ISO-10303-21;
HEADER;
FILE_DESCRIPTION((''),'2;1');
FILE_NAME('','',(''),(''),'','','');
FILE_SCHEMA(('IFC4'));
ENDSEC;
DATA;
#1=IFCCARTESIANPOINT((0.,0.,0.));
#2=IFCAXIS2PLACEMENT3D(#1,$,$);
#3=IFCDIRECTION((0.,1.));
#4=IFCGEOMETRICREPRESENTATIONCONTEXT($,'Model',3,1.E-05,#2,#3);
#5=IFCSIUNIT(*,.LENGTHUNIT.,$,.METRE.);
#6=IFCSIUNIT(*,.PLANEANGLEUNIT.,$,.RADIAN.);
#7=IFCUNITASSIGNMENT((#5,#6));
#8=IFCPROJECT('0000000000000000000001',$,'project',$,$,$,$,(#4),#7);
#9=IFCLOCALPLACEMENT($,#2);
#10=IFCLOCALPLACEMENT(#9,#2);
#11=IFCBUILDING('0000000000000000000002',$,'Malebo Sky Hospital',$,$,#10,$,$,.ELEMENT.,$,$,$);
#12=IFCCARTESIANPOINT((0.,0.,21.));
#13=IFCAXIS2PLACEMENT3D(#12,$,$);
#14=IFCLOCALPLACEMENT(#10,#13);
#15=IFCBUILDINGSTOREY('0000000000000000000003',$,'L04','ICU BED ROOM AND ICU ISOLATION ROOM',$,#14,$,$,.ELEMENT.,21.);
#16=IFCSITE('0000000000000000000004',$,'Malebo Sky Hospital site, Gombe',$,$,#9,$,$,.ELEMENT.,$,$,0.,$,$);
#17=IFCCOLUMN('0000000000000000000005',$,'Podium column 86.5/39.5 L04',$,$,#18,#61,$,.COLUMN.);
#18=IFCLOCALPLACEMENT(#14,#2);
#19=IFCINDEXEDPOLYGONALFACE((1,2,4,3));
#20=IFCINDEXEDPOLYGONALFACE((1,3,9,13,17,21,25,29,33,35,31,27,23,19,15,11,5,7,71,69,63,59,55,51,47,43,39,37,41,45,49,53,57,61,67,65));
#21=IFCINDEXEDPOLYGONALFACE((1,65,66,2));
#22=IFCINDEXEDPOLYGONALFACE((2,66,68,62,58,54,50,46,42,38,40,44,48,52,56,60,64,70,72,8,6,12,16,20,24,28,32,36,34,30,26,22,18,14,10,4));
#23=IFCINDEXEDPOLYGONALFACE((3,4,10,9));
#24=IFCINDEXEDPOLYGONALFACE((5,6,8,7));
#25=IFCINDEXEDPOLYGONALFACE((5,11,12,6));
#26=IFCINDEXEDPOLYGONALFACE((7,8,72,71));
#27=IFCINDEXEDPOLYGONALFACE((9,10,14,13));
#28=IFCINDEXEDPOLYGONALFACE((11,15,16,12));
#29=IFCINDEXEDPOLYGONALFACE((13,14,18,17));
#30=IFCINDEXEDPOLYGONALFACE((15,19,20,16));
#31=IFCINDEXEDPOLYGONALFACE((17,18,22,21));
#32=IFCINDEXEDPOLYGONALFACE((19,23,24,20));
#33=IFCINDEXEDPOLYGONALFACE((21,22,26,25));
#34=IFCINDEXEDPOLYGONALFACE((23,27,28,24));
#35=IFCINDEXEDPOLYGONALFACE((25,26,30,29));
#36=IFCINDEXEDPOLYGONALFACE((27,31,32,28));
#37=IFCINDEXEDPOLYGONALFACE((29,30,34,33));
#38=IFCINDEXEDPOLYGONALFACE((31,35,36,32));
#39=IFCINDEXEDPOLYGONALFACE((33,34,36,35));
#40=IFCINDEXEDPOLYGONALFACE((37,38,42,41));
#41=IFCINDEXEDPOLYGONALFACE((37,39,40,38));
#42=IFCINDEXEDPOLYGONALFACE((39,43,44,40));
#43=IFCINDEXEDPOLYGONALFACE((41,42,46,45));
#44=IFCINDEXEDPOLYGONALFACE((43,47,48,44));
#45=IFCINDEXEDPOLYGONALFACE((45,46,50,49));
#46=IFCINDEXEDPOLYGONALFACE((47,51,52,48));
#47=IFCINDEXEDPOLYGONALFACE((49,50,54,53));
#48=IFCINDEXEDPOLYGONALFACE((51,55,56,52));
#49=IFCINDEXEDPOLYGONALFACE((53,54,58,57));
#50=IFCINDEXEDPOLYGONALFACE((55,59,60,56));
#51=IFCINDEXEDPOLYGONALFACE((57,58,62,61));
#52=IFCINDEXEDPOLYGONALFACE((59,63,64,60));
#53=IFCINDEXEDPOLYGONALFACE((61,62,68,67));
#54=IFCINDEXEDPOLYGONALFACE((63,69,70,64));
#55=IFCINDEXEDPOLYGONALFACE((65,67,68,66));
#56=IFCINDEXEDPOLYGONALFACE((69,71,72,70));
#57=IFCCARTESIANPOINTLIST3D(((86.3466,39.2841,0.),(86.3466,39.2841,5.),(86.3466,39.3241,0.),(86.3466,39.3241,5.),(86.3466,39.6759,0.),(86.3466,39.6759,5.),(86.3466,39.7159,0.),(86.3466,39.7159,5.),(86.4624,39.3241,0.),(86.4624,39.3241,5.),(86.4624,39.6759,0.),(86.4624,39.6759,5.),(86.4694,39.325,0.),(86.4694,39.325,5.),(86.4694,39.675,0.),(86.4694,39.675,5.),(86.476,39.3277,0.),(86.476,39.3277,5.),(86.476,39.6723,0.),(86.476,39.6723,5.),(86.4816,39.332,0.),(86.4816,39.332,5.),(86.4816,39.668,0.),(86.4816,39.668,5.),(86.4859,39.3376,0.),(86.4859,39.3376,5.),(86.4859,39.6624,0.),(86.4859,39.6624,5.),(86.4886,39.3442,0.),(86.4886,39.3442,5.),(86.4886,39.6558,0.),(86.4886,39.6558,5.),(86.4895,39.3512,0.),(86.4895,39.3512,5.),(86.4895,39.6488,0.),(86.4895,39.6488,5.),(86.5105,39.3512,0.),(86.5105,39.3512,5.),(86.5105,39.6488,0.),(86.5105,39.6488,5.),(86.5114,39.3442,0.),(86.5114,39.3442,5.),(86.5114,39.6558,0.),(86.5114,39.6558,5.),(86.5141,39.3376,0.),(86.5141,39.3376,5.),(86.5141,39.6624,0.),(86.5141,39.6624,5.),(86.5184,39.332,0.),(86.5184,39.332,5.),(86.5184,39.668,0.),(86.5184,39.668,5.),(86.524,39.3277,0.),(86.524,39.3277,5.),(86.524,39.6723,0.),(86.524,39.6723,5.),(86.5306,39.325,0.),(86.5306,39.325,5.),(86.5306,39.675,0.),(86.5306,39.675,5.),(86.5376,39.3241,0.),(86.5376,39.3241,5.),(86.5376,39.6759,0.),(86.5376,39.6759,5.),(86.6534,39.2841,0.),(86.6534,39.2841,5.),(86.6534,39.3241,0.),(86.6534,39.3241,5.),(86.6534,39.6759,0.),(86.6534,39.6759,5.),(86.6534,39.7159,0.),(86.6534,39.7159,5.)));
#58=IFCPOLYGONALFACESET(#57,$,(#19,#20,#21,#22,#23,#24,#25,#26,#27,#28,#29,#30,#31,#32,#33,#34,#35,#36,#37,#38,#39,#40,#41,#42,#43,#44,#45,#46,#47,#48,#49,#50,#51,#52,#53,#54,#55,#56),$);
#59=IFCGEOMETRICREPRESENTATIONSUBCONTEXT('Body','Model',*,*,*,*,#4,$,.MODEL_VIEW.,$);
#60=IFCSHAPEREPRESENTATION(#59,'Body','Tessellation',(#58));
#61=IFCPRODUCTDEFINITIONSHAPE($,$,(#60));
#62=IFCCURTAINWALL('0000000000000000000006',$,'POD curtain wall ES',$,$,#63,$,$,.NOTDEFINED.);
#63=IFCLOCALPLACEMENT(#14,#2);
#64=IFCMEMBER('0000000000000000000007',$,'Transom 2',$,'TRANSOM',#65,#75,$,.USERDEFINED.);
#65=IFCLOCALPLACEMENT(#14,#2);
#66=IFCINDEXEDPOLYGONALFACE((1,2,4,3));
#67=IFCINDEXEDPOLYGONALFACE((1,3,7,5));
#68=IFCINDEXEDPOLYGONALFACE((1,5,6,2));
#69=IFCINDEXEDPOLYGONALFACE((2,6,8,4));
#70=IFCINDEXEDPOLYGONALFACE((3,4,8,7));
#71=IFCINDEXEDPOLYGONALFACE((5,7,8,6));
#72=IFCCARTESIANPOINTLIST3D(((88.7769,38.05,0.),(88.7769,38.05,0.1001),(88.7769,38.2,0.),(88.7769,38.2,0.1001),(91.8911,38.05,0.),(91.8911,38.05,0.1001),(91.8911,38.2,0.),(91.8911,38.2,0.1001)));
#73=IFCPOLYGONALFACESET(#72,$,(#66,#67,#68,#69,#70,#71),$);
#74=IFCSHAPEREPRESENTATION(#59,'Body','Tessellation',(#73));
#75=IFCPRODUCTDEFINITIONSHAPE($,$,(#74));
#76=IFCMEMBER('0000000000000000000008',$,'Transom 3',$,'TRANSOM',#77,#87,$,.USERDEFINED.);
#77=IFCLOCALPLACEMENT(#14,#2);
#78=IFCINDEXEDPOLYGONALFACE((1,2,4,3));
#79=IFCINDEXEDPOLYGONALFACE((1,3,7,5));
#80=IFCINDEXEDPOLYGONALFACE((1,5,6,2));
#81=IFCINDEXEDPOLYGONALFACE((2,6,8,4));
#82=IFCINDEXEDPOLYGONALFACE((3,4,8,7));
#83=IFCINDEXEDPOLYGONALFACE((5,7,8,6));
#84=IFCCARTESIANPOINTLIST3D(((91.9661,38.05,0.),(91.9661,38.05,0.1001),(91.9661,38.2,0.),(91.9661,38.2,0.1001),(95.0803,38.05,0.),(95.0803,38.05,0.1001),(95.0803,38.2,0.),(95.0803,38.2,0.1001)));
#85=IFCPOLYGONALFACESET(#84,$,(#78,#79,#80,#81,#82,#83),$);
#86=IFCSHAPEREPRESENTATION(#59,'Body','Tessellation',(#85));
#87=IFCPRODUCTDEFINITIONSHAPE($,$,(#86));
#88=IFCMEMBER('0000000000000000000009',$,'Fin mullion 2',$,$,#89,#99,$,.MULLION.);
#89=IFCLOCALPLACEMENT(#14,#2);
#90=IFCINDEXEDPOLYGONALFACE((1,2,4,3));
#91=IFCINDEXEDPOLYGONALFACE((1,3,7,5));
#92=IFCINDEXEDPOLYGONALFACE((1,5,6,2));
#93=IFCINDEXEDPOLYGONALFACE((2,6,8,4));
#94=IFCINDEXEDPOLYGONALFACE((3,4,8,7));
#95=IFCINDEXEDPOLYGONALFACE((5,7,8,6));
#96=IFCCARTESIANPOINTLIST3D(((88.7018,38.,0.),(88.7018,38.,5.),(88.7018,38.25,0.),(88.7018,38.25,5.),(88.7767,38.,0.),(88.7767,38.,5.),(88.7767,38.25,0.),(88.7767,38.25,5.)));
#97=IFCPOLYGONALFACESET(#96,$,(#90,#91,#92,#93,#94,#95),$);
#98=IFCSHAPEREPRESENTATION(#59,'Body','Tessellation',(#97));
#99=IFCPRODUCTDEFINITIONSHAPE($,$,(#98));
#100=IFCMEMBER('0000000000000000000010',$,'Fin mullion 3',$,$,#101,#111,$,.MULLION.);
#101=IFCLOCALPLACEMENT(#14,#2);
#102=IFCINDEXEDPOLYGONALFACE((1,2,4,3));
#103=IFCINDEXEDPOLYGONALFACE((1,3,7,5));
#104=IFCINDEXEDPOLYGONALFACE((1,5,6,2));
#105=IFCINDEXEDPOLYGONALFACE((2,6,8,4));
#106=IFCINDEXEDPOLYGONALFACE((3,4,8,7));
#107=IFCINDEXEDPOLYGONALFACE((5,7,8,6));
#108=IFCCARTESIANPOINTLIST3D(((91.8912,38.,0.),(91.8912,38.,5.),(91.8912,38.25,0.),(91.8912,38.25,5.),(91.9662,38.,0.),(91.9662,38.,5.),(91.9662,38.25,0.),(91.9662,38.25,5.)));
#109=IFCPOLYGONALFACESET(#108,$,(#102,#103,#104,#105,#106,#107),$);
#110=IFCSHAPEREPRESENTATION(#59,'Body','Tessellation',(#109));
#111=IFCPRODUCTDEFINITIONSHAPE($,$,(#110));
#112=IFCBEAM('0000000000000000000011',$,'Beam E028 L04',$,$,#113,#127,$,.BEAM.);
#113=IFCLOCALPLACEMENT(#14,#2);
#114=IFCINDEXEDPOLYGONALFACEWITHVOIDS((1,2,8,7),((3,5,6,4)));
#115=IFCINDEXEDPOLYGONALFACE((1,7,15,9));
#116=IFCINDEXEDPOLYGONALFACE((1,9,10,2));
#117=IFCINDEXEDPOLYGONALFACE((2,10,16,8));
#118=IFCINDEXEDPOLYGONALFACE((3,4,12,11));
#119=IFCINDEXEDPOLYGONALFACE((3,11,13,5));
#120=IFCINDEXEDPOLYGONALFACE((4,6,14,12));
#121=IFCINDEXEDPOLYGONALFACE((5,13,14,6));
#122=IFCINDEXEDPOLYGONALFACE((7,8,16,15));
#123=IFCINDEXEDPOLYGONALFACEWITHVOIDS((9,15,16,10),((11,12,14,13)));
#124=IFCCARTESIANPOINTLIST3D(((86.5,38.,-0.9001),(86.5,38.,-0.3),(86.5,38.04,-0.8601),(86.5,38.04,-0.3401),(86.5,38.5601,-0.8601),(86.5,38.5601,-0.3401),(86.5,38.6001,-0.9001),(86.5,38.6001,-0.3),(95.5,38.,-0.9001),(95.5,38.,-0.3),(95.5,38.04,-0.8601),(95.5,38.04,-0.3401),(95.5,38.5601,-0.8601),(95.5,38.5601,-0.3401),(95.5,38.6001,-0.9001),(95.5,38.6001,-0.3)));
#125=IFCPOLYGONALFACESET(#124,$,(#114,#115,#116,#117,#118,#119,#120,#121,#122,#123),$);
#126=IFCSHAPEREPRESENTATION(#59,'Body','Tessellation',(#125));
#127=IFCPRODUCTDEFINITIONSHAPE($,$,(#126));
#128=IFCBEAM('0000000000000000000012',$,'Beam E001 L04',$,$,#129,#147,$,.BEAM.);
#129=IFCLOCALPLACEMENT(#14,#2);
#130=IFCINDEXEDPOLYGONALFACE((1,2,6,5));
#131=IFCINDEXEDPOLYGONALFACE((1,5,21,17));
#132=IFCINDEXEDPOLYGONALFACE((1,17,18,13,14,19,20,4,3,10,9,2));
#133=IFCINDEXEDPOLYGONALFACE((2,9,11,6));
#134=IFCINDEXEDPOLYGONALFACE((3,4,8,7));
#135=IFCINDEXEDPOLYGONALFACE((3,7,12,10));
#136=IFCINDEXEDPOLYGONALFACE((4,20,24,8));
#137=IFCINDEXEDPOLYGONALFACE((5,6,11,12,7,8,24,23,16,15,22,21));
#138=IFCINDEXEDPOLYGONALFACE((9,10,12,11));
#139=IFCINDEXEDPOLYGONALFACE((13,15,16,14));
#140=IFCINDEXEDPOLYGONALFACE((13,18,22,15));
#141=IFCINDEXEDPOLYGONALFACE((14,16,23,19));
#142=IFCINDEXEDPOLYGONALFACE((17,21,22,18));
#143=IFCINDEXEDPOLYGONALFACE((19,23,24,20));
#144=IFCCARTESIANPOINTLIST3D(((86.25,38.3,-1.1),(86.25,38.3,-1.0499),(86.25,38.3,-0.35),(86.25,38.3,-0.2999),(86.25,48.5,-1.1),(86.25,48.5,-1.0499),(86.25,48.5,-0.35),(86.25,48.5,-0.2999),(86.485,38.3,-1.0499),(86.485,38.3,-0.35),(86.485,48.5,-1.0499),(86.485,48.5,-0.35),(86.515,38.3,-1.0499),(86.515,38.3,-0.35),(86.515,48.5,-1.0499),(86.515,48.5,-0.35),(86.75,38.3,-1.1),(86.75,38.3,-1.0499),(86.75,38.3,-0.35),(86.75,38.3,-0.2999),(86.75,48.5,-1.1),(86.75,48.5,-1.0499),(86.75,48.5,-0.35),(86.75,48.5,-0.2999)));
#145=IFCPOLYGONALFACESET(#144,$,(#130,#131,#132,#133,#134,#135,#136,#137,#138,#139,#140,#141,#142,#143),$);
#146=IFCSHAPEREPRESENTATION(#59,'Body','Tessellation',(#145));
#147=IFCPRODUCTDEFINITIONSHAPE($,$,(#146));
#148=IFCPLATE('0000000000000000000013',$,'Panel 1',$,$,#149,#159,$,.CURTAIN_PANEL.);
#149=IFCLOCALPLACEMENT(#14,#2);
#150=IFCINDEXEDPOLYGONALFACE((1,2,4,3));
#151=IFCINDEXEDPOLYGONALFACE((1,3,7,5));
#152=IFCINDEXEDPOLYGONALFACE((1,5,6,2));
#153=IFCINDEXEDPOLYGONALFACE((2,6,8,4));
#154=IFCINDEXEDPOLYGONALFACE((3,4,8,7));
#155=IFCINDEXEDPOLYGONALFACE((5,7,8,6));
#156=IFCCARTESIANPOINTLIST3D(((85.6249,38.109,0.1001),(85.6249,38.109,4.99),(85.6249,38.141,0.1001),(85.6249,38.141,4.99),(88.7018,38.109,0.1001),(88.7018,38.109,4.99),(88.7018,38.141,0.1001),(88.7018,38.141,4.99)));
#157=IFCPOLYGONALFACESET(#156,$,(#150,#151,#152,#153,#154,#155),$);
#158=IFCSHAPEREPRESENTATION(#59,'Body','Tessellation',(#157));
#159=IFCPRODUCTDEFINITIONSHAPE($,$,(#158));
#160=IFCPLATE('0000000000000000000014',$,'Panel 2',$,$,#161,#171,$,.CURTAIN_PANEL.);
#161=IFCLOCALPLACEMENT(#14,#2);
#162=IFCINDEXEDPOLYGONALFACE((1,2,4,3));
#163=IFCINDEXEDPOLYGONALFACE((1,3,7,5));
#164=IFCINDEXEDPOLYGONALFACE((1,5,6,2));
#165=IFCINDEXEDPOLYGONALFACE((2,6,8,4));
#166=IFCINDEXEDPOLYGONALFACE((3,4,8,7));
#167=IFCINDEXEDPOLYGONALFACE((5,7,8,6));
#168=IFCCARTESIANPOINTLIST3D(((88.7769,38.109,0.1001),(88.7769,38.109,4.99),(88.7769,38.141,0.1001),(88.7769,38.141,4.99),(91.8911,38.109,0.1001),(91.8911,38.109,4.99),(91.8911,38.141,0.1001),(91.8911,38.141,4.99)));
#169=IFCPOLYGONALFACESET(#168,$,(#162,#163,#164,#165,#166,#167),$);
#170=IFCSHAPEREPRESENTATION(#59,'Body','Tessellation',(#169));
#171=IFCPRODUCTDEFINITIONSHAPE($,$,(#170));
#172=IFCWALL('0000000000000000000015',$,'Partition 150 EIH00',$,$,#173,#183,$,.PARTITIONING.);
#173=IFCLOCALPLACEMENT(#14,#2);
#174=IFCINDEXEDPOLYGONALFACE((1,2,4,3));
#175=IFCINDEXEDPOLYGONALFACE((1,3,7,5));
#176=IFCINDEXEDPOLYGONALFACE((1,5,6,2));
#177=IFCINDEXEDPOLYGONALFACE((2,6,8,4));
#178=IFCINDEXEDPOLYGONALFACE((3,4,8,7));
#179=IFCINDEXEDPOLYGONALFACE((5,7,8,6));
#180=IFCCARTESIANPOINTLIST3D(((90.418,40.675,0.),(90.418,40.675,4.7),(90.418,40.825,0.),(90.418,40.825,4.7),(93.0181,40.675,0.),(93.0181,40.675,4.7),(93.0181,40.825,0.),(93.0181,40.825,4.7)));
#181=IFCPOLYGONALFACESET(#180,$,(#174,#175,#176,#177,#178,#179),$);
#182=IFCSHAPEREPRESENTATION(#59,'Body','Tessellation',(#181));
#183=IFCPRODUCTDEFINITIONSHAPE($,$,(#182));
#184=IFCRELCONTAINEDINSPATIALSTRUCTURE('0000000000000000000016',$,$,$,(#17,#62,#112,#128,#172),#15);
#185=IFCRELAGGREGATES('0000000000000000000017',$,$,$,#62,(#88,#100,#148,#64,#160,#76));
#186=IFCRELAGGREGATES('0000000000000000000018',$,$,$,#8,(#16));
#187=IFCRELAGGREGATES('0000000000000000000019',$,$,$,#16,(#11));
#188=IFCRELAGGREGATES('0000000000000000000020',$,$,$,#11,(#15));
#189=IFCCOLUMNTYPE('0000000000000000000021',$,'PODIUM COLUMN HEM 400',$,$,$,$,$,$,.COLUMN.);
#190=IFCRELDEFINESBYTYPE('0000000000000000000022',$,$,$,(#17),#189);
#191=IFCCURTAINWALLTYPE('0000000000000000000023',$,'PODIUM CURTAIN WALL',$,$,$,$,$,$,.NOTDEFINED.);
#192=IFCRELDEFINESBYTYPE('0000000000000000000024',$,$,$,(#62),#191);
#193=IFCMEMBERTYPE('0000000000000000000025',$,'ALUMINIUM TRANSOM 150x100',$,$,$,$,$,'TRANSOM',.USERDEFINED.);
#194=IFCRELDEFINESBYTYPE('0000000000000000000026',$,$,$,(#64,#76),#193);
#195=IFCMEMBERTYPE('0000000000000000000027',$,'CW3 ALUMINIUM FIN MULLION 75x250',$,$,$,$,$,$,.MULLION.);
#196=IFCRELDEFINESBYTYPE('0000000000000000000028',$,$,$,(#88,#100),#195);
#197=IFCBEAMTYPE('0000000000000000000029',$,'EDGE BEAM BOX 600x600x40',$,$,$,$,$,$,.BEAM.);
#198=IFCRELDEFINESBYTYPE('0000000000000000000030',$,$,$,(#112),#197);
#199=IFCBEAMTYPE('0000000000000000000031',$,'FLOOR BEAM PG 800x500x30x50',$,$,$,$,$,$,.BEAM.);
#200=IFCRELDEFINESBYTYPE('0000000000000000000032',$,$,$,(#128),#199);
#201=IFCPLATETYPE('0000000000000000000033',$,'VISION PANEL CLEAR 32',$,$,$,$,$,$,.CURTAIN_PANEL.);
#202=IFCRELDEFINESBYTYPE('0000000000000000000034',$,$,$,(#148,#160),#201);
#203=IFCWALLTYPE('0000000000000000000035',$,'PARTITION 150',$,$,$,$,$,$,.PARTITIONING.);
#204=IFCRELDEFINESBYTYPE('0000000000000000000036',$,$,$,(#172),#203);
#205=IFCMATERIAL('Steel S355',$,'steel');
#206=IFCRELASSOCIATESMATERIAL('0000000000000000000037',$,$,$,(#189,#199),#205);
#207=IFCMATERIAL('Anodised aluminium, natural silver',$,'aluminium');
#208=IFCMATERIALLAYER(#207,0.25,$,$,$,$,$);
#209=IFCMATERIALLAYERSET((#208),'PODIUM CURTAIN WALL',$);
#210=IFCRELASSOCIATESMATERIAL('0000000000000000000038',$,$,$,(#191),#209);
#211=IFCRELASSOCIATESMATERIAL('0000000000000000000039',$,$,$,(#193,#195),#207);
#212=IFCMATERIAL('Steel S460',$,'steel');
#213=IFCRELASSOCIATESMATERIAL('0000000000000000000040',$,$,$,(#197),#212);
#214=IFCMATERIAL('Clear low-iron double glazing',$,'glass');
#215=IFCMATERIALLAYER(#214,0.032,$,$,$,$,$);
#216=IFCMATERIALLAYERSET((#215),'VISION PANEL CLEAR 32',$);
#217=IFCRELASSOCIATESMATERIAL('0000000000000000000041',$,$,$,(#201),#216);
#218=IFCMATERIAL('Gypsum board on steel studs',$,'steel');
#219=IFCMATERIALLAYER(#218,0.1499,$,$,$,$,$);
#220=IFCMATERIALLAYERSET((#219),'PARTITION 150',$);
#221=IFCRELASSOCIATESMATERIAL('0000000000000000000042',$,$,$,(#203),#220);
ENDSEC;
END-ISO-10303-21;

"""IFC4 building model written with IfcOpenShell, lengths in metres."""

from ifc_helpers import new_model, si_unit, direction, frame, frame_2d, origin, origin_2d, place, context, subcontext, project, spatial, rectangle, hollow_rectangle, i_section, extrude, material, layer, layer_set, material_profile, profile_set, type_object, element, aggregate, save


model = new_model("IFC4")

# Units and contexts
model_context = context("Model", 3, precision=1e-05, world=origin(), true_north=direction((0.0, 1.0)))
body_context = subcontext(model_context, "Body", "Model", "MODEL_VIEW")
ifc_project = project(units=[si_unit("LENGTHUNIT", "METRE"), si_unit("PLANEANGLEUNIT", "RADIAN")], contexts=[model_context])

# Site, building, storey
site_placement = place(None, origin())
site = spatial("IfcSite", under=ifc_project, at=site_placement, Name="Malebo Sky Hospital site, Gombe", CompositionType="ELEMENT", RefElevation=0.0)
building_placement = place(site_placement, origin())
building = spatial("IfcBuilding", under=site, at=building_placement, Name="Malebo Sky Hospital", CompositionType="ELEMENT")
storey_placement = place(building_placement, frame((0.0, 0.0, 21.0)))
storey = spatial("IfcBuildingStorey", under=building, at=storey_placement, Name="L04", Description="ICU BED ROOM AND ICU ISOLATION ROOM", CompositionType="ELEMENT", Elevation=21.0)

# Column
ifc_material_1 = material(Name="Steel S355", Category="steel")
ifc_material_profile_1 = material_profile(ifc_material_1, i_section(OverallWidth=0.3069, OverallDepth=0.4319, WebThickness=0.021, FlangeThickness=0.04, FilletRadius=0.0271, at=origin_2d()), Name="HEM 400")
ifc_profile_set_1 = profile_set([ifc_material_profile_1], Name="Steel S355")
column_type = type_object("IfcColumnType", Name="PODIUM COLUMN HEM 400", PredefinedType="COLUMN", material=ifc_profile_set_1)
column_placement = place(storey_placement, frame((86.5, 39.5, 0.0), z_axis=(0.0, 0.0, 1.0), x_axis=(1.0, 0.0, 0.0)))
element("IfcColumn", 1, at=column_placement, inside=storey, type_object=column_type, Name="Podium column 86.5/39.5 L04", PredefinedType="COLUMN", context=body_context, shape_type="SweptSolid", body=[
    extrude(i_section(OverallWidth=0.3069, OverallDepth=0.4319, WebThickness=0.021, FlangeThickness=0.04, FilletRadius=0.0271, at=origin_2d()), origin(), (0.0, 0.0, 1.0), 5.0),
])

# Curtain wall, members
ifc_material_2 = material(Name="Anodised aluminium, natural silver", Category="aluminium")
ifc_layer_1 = layer(ifc_material_2, 0.25)
ifc_layer_set_1 = layer_set([ifc_layer_1], Name="PODIUM CURTAIN WALL")
curtain_wall_type = type_object("IfcCurtainWallType", Name="PODIUM CURTAIN WALL", PredefinedType="NOTDEFINED", material=ifc_layer_set_1)
curtain_wall_placement = place(storey_placement, origin())
curtain_wall = element("IfcCurtainWall", 2, at=curtain_wall_placement, inside=storey, type_object=curtain_wall_type, Name="POD curtain wall ES", PredefinedType="NOTDEFINED")
ifc_material_profile_2 = material_profile(ifc_material_2, rectangle(XDim=0.1499, YDim=0.1001, at=origin_2d()), Name="ALUMINIUM TRANSOM 150x100")
ifc_profile_set_2 = profile_set([ifc_material_profile_2], Name="Anodised aluminium, natural silver")
member_type_1 = type_object("IfcMemberType", Name="ALUMINIUM TRANSOM 150x100", ElementType="TRANSOM", PredefinedType="USERDEFINED", material=ifc_profile_set_2)
member_1_placement = place(storey_placement, frame((88.7769, 38.125, 0.05), z_axis=(1.0, 0.0, 0.0), x_axis=(0.0, 1.0, 0.0)))
member_1 = element("IfcMember", 3, at=member_1_placement, type_object=member_type_1, Name="Transom 2", ObjectType="TRANSOM", PredefinedType="USERDEFINED", context=body_context, shape_type="SweptSolid", body=[
    extrude(rectangle(XDim=0.1499, YDim=0.1001, at=origin_2d()), origin(), (0.0, 0.0, 1.0), 3.1143),
])
member_2_placement = place(storey_placement, frame((91.9661, 38.125, 0.05), z_axis=(1.0, 0.0, 0.0), x_axis=(0.0, 1.0, 0.0)))
member_2 = element("IfcMember", 4, at=member_2_placement, type_object=member_type_1, Name="Transom 3", ObjectType="TRANSOM", PredefinedType="USERDEFINED", context=body_context, shape_type="SweptSolid", body=[
    extrude(rectangle(XDim=0.1499, YDim=0.1001, at=origin_2d()), origin(), (0.0, 0.0, 1.0), 3.1143),
])
ifc_material_profile_3 = material_profile(ifc_material_2, rectangle(XDim=0.075, YDim=0.25, at=origin_2d()), Name="CW3 ALUMINIUM FIN MULLION 75x250")
ifc_profile_set_3 = profile_set([ifc_material_profile_3], Name="Anodised aluminium, natural silver")
member_type_2 = type_object("IfcMemberType", Name="CW3 ALUMINIUM FIN MULLION 75x250", PredefinedType="MULLION", material=ifc_profile_set_3)
member_3_placement = place(storey_placement, frame((88.7393, 38.125, 0.0), z_axis=(0.0, 0.0, 1.0), x_axis=(1.0, 0.0, 0.0)))
member_3 = element("IfcMember", 5, at=member_3_placement, type_object=member_type_2, Name="Fin mullion 2", PredefinedType="MULLION", context=body_context, shape_type="SweptSolid", body=[
    extrude(rectangle(XDim=0.075, YDim=0.25, at=origin_2d()), origin(), (0.0, 0.0, 1.0), 5.0),
])
member_4_placement = place(storey_placement, frame((91.9287, 38.125, 0.0), z_axis=(0.0, 0.0, 1.0), x_axis=(1.0, 0.0, 0.0)))
member_4 = element("IfcMember", 6, at=member_4_placement, type_object=member_type_2, Name="Fin mullion 3", PredefinedType="MULLION", context=body_context, shape_type="SweptSolid", body=[
    extrude(rectangle(XDim=0.075, YDim=0.25, at=origin_2d()), origin(), (0.0, 0.0, 1.0), 5.0),
])

# Beams
ifc_material_3 = material(Name="Steel S460", Category="steel")
ifc_material_profile_4 = material_profile(ifc_material_3, hollow_rectangle(XDim=0.6001, YDim=0.6001, WallThickness=0.04, at=origin_2d()), Name="BOX 600x600x40")
ifc_profile_set_4 = profile_set([ifc_material_profile_4], Name="Steel S460")
beam_type_1 = type_object("IfcBeamType", Name="EDGE BEAM BOX 600x600x40", PredefinedType="BEAM", material=ifc_profile_set_4)
beam_1_placement = place(storey_placement, frame((86.5, 38.3, -0.6001), z_axis=(1.0, 0.0, 0.0), x_axis=(0.0, 1.0, 0.0)))
element("IfcBeam", 7, at=beam_1_placement, inside=storey, type_object=beam_type_1, Name="Beam E028 L04", PredefinedType="BEAM", context=body_context, shape_type="SweptSolid", body=[
    extrude(hollow_rectangle(XDim=0.6001, YDim=0.6001, WallThickness=0.04, at=origin_2d()), origin(), (0.0, 0.0, 1.0), 9.0),
])
ifc_material_profile_5 = material_profile(ifc_material_1, i_section(OverallWidth=0.5, OverallDepth=0.8, WebThickness=0.03, FlangeThickness=0.05, at=origin_2d()), Name="PG 800x500x30x50")
ifc_profile_set_5 = profile_set([ifc_material_profile_5], Name="Steel S355")
beam_type_2 = type_object("IfcBeamType", Name="FLOOR BEAM PG 800x500x30x50", PredefinedType="BEAM", material=ifc_profile_set_5)
beam_2_placement = place(storey_placement, frame((86.5, 38.3, -0.7), z_axis=(0.0, 1.0, 0.0), x_axis=(-1.0, 0.0, 0.0)))
element("IfcBeam", 8, at=beam_2_placement, inside=storey, type_object=beam_type_2, Name="Beam E001 L04", PredefinedType="BEAM", context=body_context, shape_type="SweptSolid", body=[
    extrude(i_section(OverallWidth=0.5, OverallDepth=0.8, WebThickness=0.03, FlangeThickness=0.05, at=origin_2d()), origin(), (0.0, 0.0, 1.0), 10.2),
])

# Plates
ifc_material_4 = material(Name="Clear low-iron double glazing", Category="glass")
ifc_layer_2 = layer(ifc_material_4, 0.032)
ifc_layer_set_2 = layer_set([ifc_layer_2], Name="VISION PANEL CLEAR 32")
plate_type = type_object("IfcPlateType", Name="VISION PANEL CLEAR 32", PredefinedType="CURTAIN_PANEL", material=ifc_layer_set_2)
plate_1_placement = place(storey_placement, frame((87.1633, 38.125, 0.1001), z_axis=(0.0, 0.0, 1.0), x_axis=(1.0, 0.0, 0.0)))
plate_1 = element("IfcPlate", 9, at=plate_1_placement, type_object=plate_type, Name="Panel 1", PredefinedType="CURTAIN_PANEL", context=body_context, shape_type="SweptSolid", body=[
    extrude(rectangle(XDim=3.0769, YDim=0.032, at=origin_2d()), origin(), (0.0, 0.0, 1.0), 4.8899),
])
plate_2_placement = place(storey_placement, frame((90.334, 38.125, 0.1001), z_axis=(0.0, 0.0, 1.0), x_axis=(1.0, 0.0, 0.0)))
plate_2 = element("IfcPlate", 10, at=plate_2_placement, type_object=plate_type, Name="Panel 2", PredefinedType="CURTAIN_PANEL", context=body_context, shape_type="SweptSolid", body=[
    extrude(rectangle(XDim=3.1143, YDim=0.032, at=origin_2d()), origin(), (0.0, 0.0, 1.0), 4.8899),
])
aggregate(curtain_wall, [member_3, member_4, plate_1, member_1, plate_2, member_2])

# Wall
ifc_material_5 = material(Name="Gypsum board on steel studs", Category="steel")
ifc_layer_3 = layer(ifc_material_5, 0.1499)
ifc_layer_set_3 = layer_set([ifc_layer_3], Name="PARTITION 150")
wall_type = type_object("IfcWallType", Name="PARTITION 150", PredefinedType="PARTITIONING", material=ifc_layer_set_3)
wall_1_placement = place(storey_placement, frame((93.0181, 40.75, 0.0), z_axis=(0.0, 0.0, 1.0), x_axis=(-1.0, 0.0, 0.0)))
element("IfcWall", 11, at=wall_1_placement, inside=storey, type_object=wall_type, Name="Partition 150 EIH00", PredefinedType="PARTITIONING", context=body_context, shape_type="SweptSolid", body=[
    extrude(rectangle(XDim=2.6001, YDim=0.1499, at=frame_2d((1.3, 0.0))), origin(), (0.0, 0.0, 1.0), 4.7),
])

save(model, "model.ifc")
